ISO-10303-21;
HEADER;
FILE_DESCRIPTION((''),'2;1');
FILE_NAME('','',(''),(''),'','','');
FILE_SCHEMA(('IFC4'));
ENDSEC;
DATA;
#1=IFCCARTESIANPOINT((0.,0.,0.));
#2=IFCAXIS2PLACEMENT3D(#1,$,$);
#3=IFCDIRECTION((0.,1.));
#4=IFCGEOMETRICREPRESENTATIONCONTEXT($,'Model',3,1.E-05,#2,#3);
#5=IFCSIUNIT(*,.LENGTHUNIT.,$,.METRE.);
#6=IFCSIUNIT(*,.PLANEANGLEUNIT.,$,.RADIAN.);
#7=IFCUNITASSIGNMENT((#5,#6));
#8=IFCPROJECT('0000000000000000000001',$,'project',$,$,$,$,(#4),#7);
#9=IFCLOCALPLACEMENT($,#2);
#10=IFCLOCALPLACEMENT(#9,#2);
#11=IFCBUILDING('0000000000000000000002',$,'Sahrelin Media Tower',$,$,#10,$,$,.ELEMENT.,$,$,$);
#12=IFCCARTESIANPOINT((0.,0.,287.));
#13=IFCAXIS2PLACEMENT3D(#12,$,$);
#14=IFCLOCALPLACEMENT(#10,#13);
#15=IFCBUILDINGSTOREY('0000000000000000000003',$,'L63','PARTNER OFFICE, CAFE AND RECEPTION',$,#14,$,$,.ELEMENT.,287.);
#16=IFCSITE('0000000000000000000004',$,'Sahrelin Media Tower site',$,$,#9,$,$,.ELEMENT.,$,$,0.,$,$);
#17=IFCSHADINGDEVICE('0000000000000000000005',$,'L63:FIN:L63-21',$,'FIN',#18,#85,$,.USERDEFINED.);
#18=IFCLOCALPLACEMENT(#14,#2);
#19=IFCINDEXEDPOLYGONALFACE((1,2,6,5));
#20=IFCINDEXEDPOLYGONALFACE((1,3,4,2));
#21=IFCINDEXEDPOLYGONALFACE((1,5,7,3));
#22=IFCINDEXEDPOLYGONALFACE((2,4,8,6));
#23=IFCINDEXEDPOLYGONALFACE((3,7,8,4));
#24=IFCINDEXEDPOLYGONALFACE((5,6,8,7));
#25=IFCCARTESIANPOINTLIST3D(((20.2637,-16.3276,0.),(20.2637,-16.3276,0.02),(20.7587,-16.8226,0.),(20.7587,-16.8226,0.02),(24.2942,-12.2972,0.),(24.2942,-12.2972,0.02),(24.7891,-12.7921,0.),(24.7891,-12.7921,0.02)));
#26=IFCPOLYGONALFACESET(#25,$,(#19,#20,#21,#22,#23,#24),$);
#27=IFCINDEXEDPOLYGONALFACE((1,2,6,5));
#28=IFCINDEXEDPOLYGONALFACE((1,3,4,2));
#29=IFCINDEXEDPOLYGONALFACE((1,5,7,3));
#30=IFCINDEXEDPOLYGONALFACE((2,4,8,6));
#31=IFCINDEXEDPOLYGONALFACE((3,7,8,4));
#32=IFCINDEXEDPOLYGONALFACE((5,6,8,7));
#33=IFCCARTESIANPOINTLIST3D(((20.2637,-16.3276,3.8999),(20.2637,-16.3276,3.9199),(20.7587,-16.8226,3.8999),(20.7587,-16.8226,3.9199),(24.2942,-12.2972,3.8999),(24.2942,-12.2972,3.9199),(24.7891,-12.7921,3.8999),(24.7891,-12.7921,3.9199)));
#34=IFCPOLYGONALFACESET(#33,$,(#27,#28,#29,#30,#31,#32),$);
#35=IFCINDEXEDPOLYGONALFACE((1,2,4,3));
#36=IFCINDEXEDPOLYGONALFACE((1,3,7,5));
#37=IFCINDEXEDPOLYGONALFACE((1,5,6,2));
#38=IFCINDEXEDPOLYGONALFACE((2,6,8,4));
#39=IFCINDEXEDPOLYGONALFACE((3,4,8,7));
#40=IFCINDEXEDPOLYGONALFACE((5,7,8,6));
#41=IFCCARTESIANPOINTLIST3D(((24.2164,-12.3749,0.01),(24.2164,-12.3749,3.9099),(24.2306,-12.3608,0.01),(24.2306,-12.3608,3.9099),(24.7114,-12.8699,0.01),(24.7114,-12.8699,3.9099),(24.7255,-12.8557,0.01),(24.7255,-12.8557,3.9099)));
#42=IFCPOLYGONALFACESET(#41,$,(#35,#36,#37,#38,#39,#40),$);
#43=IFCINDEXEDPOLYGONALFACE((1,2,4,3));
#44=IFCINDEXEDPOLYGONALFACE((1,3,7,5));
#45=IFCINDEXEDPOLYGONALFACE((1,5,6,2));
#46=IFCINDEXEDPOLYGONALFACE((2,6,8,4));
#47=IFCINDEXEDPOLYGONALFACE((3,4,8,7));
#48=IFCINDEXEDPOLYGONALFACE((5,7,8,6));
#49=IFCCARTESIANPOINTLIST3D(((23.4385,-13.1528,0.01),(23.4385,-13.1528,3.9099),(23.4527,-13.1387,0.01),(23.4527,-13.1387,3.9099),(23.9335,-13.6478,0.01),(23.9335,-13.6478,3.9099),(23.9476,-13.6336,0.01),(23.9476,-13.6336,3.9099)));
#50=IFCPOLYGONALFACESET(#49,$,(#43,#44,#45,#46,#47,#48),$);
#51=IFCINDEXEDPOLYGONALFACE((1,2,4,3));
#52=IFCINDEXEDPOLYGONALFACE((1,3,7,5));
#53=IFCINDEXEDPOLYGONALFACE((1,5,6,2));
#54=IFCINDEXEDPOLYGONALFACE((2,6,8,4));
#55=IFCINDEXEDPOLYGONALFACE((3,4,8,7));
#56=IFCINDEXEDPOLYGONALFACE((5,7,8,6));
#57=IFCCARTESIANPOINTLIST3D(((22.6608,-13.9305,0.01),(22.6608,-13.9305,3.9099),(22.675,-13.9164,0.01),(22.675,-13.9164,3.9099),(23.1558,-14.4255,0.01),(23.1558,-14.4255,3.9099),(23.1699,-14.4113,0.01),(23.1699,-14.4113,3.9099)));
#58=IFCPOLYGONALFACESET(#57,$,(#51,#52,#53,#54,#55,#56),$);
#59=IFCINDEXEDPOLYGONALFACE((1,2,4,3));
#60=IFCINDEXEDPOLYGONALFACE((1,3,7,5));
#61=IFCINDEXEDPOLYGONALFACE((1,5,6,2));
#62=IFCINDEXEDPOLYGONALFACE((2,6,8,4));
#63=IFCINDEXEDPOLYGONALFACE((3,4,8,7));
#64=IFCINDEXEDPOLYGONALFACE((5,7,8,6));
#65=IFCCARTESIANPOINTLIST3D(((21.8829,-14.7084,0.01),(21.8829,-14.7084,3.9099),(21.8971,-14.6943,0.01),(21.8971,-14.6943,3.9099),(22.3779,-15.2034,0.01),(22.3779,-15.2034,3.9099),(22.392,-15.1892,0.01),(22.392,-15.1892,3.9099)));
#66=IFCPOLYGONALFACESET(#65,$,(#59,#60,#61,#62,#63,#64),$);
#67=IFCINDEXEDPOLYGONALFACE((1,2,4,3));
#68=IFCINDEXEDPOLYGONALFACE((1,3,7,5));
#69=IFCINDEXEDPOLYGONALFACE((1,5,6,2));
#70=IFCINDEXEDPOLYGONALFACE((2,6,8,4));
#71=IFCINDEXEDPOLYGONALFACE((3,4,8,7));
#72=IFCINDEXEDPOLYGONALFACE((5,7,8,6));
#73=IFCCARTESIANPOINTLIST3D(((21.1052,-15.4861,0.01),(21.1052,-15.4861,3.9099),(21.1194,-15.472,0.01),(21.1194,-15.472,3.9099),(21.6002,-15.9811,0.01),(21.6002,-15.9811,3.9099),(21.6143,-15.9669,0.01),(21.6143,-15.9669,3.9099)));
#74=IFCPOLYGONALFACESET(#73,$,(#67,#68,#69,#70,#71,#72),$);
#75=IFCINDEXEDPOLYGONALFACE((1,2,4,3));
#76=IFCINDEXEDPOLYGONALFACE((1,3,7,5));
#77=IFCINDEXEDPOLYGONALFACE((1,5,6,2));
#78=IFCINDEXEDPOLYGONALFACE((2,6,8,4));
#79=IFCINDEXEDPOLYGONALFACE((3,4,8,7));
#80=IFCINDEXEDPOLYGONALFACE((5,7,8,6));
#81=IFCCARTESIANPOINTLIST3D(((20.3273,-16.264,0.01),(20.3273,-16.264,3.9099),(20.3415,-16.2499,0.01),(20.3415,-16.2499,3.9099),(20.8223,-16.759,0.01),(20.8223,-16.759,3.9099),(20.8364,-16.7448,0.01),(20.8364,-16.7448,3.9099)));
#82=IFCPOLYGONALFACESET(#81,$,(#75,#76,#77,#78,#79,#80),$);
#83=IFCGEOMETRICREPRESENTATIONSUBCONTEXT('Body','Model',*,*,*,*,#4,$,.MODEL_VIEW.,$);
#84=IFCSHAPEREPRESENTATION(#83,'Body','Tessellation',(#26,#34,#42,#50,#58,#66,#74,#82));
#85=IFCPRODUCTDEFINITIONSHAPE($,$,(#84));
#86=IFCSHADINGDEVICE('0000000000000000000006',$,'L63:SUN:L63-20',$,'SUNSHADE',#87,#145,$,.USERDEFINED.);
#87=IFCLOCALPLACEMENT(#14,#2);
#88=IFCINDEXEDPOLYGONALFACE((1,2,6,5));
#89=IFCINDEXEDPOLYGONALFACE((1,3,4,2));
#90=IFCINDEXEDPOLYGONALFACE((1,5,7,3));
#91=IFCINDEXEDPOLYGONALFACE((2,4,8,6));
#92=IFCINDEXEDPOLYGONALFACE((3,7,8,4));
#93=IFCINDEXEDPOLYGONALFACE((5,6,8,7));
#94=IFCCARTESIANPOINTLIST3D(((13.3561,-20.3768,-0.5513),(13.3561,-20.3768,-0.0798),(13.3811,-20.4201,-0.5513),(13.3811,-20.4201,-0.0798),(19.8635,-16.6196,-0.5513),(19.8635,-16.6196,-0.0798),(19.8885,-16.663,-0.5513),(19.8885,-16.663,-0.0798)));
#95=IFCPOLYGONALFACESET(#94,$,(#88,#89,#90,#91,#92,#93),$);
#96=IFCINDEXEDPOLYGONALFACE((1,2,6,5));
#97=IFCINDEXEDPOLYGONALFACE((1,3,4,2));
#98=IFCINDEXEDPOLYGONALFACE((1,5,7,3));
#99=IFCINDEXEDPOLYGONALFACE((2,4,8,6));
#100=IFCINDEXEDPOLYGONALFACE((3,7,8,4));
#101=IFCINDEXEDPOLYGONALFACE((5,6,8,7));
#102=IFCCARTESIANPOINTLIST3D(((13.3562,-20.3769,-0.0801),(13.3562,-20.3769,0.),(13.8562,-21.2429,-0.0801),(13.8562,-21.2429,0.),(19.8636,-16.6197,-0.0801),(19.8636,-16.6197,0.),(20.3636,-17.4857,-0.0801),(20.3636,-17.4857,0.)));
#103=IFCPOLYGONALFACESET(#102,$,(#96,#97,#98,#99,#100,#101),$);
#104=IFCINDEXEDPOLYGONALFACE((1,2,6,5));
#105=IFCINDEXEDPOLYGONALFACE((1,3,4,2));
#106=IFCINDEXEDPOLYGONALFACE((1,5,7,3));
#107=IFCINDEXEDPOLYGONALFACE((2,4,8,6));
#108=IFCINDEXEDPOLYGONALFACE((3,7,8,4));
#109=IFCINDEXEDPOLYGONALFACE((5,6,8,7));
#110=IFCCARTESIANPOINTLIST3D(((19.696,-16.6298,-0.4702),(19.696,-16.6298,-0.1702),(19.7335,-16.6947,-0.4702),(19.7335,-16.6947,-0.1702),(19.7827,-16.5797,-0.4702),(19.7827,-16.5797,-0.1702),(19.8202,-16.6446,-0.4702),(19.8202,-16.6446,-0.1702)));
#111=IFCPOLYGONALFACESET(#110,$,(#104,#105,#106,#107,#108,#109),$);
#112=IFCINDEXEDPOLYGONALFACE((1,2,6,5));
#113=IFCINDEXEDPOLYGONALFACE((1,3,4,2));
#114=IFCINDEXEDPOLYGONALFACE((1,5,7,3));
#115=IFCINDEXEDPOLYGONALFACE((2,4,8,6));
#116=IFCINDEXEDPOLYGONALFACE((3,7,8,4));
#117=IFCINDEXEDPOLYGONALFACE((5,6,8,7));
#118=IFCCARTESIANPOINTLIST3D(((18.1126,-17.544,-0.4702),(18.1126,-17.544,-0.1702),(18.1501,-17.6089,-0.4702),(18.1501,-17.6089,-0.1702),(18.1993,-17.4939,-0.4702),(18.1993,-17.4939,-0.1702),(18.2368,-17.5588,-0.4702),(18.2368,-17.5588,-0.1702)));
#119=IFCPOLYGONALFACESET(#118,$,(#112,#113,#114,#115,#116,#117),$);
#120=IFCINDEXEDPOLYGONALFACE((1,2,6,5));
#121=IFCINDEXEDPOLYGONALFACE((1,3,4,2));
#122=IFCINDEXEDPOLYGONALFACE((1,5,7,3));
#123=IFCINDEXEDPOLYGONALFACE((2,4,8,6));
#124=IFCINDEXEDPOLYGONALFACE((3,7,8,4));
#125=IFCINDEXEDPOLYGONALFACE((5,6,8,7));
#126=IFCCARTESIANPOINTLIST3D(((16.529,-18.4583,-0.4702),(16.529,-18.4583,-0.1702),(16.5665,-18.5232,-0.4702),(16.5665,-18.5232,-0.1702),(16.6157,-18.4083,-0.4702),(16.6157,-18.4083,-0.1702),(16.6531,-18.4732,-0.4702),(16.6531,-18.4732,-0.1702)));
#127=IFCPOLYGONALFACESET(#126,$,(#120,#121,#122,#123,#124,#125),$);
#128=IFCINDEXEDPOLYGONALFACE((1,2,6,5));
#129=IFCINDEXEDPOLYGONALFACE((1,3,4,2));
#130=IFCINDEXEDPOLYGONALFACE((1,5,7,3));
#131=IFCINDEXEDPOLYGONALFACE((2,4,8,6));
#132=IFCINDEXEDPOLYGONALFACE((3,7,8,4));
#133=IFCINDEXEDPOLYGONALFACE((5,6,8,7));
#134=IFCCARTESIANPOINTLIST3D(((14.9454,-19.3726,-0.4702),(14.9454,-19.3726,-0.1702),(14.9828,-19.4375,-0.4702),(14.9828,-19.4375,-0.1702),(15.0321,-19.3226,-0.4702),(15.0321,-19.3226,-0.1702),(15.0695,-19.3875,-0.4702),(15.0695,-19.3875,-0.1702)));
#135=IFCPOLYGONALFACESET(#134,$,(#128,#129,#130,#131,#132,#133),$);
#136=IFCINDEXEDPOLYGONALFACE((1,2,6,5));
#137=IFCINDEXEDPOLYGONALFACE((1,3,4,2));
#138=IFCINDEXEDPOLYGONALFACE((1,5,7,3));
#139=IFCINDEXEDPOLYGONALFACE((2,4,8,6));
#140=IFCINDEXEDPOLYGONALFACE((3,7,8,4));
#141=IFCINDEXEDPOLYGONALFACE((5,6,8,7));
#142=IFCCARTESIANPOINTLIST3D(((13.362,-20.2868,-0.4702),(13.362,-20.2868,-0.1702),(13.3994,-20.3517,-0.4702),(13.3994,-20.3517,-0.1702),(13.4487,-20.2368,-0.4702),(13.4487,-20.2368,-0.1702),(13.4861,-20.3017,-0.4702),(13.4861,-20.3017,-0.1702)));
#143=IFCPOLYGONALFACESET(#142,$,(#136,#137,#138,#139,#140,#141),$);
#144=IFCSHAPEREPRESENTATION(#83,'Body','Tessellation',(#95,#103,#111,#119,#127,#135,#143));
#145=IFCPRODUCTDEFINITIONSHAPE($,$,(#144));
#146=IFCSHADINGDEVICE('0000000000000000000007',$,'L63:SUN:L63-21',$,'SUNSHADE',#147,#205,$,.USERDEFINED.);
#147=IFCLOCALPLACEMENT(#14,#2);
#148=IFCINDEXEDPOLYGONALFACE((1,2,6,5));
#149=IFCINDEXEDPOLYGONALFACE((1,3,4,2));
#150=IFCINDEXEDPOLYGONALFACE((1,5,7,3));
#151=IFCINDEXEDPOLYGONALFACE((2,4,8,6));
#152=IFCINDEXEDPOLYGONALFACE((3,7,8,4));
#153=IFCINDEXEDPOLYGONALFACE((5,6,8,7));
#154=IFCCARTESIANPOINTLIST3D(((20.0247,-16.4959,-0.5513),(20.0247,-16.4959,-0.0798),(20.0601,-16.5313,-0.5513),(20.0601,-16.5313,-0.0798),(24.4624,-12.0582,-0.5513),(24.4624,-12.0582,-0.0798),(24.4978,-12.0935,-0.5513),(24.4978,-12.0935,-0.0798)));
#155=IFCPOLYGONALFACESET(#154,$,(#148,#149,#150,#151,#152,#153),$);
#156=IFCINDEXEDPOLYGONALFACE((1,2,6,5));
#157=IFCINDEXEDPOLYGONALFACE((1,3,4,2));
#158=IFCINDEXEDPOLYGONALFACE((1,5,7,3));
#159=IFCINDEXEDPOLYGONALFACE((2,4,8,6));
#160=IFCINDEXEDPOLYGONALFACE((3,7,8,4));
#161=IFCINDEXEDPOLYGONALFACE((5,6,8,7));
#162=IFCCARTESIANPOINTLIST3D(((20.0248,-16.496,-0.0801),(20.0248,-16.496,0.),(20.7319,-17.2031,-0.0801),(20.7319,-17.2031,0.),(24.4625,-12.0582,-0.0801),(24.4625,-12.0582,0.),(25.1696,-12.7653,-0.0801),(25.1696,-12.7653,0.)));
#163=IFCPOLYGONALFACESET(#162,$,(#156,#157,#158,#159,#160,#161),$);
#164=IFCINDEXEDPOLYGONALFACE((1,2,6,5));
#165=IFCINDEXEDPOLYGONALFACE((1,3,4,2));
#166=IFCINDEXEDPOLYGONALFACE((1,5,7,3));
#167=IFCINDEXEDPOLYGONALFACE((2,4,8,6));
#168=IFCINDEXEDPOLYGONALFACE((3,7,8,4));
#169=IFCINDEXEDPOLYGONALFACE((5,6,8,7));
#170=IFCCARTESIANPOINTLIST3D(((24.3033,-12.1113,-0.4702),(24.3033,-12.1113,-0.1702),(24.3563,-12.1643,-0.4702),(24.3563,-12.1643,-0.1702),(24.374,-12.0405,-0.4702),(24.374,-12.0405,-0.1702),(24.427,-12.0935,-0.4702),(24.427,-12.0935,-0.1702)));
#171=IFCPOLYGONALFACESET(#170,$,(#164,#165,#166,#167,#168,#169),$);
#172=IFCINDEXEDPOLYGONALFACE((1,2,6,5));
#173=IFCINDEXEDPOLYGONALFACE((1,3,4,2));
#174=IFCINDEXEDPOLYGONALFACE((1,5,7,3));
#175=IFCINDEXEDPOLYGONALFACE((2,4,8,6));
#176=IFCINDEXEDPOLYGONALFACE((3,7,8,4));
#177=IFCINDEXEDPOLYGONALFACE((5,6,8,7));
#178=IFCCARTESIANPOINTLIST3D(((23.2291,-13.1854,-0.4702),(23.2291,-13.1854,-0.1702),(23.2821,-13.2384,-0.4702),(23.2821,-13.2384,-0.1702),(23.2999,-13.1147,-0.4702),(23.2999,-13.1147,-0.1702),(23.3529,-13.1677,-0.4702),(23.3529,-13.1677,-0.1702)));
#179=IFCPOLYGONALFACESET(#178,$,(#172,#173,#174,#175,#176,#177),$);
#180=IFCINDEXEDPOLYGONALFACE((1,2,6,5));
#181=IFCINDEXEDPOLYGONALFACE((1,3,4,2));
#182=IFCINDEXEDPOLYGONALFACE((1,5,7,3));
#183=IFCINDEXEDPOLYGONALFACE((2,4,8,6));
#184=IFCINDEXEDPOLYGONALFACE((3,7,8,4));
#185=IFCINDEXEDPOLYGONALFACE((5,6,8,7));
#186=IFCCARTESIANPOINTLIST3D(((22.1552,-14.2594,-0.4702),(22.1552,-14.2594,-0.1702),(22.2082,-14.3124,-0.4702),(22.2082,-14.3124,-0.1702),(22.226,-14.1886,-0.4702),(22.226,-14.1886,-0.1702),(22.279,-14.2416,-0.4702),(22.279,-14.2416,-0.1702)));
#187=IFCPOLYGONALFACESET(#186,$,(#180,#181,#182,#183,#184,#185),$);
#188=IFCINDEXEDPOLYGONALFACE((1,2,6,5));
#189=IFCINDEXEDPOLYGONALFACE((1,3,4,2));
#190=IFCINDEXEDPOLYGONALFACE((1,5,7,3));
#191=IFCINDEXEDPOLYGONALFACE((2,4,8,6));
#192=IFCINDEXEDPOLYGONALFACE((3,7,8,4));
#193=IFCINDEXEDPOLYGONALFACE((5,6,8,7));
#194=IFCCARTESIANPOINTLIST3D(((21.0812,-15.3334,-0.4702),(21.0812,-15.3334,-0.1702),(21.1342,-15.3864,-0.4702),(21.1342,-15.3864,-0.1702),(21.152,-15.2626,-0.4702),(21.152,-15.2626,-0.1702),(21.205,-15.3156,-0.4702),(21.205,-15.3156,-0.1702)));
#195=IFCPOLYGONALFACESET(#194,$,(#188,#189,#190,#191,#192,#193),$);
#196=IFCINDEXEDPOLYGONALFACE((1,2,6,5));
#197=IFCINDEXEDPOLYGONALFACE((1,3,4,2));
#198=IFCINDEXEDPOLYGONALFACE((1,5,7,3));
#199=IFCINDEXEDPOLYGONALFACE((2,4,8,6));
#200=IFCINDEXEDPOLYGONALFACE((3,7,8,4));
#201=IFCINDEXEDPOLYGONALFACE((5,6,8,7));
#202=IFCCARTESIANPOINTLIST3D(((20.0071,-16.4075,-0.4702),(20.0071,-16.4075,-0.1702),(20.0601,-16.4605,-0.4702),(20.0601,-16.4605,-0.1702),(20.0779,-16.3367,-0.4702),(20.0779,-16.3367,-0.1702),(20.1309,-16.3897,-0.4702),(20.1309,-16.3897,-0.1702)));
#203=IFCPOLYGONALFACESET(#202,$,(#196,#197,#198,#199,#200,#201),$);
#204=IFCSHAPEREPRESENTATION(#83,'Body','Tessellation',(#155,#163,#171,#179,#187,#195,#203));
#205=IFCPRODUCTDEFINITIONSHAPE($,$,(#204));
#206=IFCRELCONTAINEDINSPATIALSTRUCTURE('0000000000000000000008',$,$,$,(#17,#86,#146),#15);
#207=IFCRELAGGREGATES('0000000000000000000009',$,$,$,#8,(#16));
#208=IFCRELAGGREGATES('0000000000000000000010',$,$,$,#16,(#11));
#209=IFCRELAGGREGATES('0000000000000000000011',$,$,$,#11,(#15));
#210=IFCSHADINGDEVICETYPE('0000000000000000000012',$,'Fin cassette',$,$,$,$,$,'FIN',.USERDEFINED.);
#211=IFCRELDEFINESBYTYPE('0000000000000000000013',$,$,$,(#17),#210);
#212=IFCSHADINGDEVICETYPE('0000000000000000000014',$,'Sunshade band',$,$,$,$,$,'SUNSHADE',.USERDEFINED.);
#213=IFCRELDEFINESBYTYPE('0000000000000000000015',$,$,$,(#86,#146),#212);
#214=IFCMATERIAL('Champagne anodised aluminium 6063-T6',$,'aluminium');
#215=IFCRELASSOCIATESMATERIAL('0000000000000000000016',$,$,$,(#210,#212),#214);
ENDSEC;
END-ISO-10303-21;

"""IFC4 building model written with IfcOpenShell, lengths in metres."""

from ifc_helpers import new_model, si_unit, direction, frame, origin, origin_2d, place, context, subcontext, project, spatial, rectangle, extrude, material, type_object, element, save


model = new_model("IFC4")

# Units and contexts
model_context = context("Model", 3, precision=1e-05, world=origin(), true_north=direction((0.0, 1.0)))
body_context = subcontext(model_context, "Body", "Model", "MODEL_VIEW")
ifc_project = project(units=[si_unit("LENGTHUNIT", "METRE"), si_unit("PLANEANGLEUNIT", "RADIAN")], contexts=[model_context])

# Site, building, storey
site_placement = place(None, origin())
site = spatial("IfcSite", under=ifc_project, at=site_placement, Name="Sahrelin Media Tower site", CompositionType="ELEMENT", RefElevation=0.0)
building_placement = place(site_placement, origin())
building = spatial("IfcBuilding", under=site, at=building_placement, Name="Sahrelin Media Tower", CompositionType="ELEMENT")
storey_placement = place(building_placement, frame((0.0, 0.0, 287.0)))
storey = spatial("IfcBuildingStorey", under=building, at=storey_placement, Name="L63", Description="PARTNER OFFICE, CAFE AND RECEPTION", CompositionType="ELEMENT", Elevation=287.0)

# Shared definitions
ifc_material_1 = material(Name="Champagne anodised aluminium 6063-T6", Category="aluminium")

# Shading device
shading_device_type_1 = type_object("IfcShadingDeviceType", Name="Fin cassette", ElementType="FIN", PredefinedType="USERDEFINED", material=ifc_material_1)
placement_1 = place(storey_placement, frame((16.5999, -18.481, 0.0), z_axis=(0.0, 0.0, 1.0), x_axis=(-0.866019, -0.500011, 0.0)))
placement_2 = place(storey_placement, frame((22.2295, -14.2629, 0.0), z_axis=(0.0, 0.0, 1.0), x_axis=(-0.707107, -0.707107, 0.0)))
element("IfcShadingDevice", 1, at=placement_2, inside=storey, type_object=shading_device_type_1, Name="L63:FIN:L63-21", ObjectType="FIN", PredefinedType="USERDEFINED", context=body_context, shape_type="SweptSolid", body=[
    extrude(rectangle(XDim=5.7, YDim=0.7, at=origin_2d()), frame((0.0, 0.4199, 0.0)), (0.0, 0.0, 1.0), 0.02),
    extrude(rectangle(XDim=5.7, YDim=0.7, at=origin_2d()), frame((0.0, 0.4199, 3.8999)), (0.0, 0.0, 1.0), 0.02),
    extrude(rectangle(XDim=0.02, YDim=0.7, at=origin_2d()), frame((-2.75, 0.4199, 0.01), z_axis=(0.0, 0.0, 1.0), x_axis=(1.0, 0.0, 0.0)), (0.0, 0.0, 1.0), 3.8999),
    extrude(rectangle(XDim=0.02, YDim=0.7, at=origin_2d()), frame((-1.6499, 0.4199, 0.01), z_axis=(0.0, 0.0, 1.0), x_axis=(1.0, 0.0, 0.0)), (0.0, 0.0, 1.0), 3.8999),
    extrude(rectangle(XDim=0.02, YDim=0.7, at=origin_2d()), frame((-0.55, 0.4199, 0.01), z_axis=(0.0, 0.0, 1.0), x_axis=(1.0, 0.0, 0.0)), (0.0, 0.0, 1.0), 3.8999),
    extrude(rectangle(XDim=0.02, YDim=0.7, at=origin_2d()), frame((0.55, 0.4199, 0.01), z_axis=(0.0, 0.0, 1.0), x_axis=(1.0, 0.0, 0.0)), (0.0, 0.0, 1.0), 3.8999),
    extrude(rectangle(XDim=0.02, YDim=0.7, at=origin_2d()), frame((1.6499, 0.4199, 0.01), z_axis=(0.0, 0.0, 1.0), x_axis=(1.0, 0.0, 0.0)), (0.0, 0.0, 1.0), 3.8999),
    extrude(rectangle(XDim=0.02, YDim=0.7, at=origin_2d()), frame((2.75, 0.4199, 0.01), z_axis=(0.0, 0.0, 1.0), x_axis=(1.0, 0.0, 0.0)), (0.0, 0.0, 1.0), 3.8999),
])

# Shading devices
shading_device_type_2 = type_object("IfcShadingDeviceType", Name="Sunshade band", ElementType="SUNSHADE", PredefinedType="USERDEFINED", material=ifc_material_1)
element("IfcShadingDevice", 2, at=placement_1, inside=storey, type_object=shading_device_type_2, Name="L63:SUN:L63-20", ObjectType="SUNSHADE", PredefinedType="USERDEFINED", context=body_context, shape_type="SweptSolid", body=[
    extrude(rectangle(XDim=7.5142, YDim=0.05, at=origin_2d()), frame((0.0, 0.0449, -0.5513)), (0.0, 0.0, 1.0), 0.4714),
    extrude(rectangle(XDim=7.5142, YDim=1.0, at=origin_2d()), frame((0.0, 0.52, -0.0801)), (0.0, 0.0, 1.0), 0.0801),
    extrude(rectangle(XDim=0.1001, YDim=0.075, at=origin_2d()), frame((-3.657, -0.0176, -0.4702)), (0.0, 0.0, 1.0), 0.3),
    extrude(rectangle(XDim=0.1001, YDim=0.075, at=origin_2d()), frame((-1.8286, -0.0176, -0.4702)), (0.0, 0.0, 1.0), 0.3),
    extrude(rectangle(XDim=0.1001, YDim=0.075, at=origin_2d()), frame((0.0, -0.0176, -0.4702)), (0.0, 0.0, 1.0), 0.3),
    extrude(rectangle(XDim=0.1001, YDim=0.075, at=origin_2d()), frame((1.8286, -0.0176, -0.4702)), (0.0, 0.0, 1.0), 0.3),
    extrude(rectangle(XDim=0.1001, YDim=0.075, at=origin_2d()), frame((3.657, -0.0176, -0.4702)), (0.0, 0.0, 1.0), 0.3),
])
element("IfcShadingDevice", 3, at=placement_2, inside=storey, type_object=shading_device_type_2, Name="L63:SUN:L63-21", ObjectType="SUNSHADE", PredefinedType="USERDEFINED", context=body_context, shape_type="SweptSolid", body=[
    extrude(rectangle(XDim=6.2759, YDim=0.05, at=origin_2d()), frame((0.0, 0.0449, -0.5513)), (0.0, 0.0, 1.0), 0.4714),
    extrude(rectangle(XDim=6.2759, YDim=1.0, at=origin_2d()), frame((0.0, 0.52, -0.0801)), (0.0, 0.0, 1.0), 0.0801),
    extrude(rectangle(XDim=0.1001, YDim=0.075, at=origin_2d()), frame((-3.0378, -0.0176, -0.4702)), (0.0, 0.0, 1.0), 0.3),
    extrude(rectangle(XDim=0.1001, YDim=0.075, at=origin_2d()), frame((-1.5188, -0.0176, -0.4702)), (0.0, 0.0, 1.0), 0.3),
    extrude(rectangle(XDim=0.1001, YDim=0.075, at=origin_2d()), frame((0.0, -0.0176, -0.4702)), (0.0, 0.0, 1.0), 0.3),
    extrude(rectangle(XDim=0.1001, YDim=0.075, at=origin_2d()), frame((1.5188, -0.0176, -0.4702)), (0.0, 0.0, 1.0), 0.3),
    extrude(rectangle(XDim=0.1001, YDim=0.075, at=origin_2d()), frame((3.0378, -0.0176, -0.4702)), (0.0, 0.0, 1.0), 0.3),
])

save(model, "model.ifc")
